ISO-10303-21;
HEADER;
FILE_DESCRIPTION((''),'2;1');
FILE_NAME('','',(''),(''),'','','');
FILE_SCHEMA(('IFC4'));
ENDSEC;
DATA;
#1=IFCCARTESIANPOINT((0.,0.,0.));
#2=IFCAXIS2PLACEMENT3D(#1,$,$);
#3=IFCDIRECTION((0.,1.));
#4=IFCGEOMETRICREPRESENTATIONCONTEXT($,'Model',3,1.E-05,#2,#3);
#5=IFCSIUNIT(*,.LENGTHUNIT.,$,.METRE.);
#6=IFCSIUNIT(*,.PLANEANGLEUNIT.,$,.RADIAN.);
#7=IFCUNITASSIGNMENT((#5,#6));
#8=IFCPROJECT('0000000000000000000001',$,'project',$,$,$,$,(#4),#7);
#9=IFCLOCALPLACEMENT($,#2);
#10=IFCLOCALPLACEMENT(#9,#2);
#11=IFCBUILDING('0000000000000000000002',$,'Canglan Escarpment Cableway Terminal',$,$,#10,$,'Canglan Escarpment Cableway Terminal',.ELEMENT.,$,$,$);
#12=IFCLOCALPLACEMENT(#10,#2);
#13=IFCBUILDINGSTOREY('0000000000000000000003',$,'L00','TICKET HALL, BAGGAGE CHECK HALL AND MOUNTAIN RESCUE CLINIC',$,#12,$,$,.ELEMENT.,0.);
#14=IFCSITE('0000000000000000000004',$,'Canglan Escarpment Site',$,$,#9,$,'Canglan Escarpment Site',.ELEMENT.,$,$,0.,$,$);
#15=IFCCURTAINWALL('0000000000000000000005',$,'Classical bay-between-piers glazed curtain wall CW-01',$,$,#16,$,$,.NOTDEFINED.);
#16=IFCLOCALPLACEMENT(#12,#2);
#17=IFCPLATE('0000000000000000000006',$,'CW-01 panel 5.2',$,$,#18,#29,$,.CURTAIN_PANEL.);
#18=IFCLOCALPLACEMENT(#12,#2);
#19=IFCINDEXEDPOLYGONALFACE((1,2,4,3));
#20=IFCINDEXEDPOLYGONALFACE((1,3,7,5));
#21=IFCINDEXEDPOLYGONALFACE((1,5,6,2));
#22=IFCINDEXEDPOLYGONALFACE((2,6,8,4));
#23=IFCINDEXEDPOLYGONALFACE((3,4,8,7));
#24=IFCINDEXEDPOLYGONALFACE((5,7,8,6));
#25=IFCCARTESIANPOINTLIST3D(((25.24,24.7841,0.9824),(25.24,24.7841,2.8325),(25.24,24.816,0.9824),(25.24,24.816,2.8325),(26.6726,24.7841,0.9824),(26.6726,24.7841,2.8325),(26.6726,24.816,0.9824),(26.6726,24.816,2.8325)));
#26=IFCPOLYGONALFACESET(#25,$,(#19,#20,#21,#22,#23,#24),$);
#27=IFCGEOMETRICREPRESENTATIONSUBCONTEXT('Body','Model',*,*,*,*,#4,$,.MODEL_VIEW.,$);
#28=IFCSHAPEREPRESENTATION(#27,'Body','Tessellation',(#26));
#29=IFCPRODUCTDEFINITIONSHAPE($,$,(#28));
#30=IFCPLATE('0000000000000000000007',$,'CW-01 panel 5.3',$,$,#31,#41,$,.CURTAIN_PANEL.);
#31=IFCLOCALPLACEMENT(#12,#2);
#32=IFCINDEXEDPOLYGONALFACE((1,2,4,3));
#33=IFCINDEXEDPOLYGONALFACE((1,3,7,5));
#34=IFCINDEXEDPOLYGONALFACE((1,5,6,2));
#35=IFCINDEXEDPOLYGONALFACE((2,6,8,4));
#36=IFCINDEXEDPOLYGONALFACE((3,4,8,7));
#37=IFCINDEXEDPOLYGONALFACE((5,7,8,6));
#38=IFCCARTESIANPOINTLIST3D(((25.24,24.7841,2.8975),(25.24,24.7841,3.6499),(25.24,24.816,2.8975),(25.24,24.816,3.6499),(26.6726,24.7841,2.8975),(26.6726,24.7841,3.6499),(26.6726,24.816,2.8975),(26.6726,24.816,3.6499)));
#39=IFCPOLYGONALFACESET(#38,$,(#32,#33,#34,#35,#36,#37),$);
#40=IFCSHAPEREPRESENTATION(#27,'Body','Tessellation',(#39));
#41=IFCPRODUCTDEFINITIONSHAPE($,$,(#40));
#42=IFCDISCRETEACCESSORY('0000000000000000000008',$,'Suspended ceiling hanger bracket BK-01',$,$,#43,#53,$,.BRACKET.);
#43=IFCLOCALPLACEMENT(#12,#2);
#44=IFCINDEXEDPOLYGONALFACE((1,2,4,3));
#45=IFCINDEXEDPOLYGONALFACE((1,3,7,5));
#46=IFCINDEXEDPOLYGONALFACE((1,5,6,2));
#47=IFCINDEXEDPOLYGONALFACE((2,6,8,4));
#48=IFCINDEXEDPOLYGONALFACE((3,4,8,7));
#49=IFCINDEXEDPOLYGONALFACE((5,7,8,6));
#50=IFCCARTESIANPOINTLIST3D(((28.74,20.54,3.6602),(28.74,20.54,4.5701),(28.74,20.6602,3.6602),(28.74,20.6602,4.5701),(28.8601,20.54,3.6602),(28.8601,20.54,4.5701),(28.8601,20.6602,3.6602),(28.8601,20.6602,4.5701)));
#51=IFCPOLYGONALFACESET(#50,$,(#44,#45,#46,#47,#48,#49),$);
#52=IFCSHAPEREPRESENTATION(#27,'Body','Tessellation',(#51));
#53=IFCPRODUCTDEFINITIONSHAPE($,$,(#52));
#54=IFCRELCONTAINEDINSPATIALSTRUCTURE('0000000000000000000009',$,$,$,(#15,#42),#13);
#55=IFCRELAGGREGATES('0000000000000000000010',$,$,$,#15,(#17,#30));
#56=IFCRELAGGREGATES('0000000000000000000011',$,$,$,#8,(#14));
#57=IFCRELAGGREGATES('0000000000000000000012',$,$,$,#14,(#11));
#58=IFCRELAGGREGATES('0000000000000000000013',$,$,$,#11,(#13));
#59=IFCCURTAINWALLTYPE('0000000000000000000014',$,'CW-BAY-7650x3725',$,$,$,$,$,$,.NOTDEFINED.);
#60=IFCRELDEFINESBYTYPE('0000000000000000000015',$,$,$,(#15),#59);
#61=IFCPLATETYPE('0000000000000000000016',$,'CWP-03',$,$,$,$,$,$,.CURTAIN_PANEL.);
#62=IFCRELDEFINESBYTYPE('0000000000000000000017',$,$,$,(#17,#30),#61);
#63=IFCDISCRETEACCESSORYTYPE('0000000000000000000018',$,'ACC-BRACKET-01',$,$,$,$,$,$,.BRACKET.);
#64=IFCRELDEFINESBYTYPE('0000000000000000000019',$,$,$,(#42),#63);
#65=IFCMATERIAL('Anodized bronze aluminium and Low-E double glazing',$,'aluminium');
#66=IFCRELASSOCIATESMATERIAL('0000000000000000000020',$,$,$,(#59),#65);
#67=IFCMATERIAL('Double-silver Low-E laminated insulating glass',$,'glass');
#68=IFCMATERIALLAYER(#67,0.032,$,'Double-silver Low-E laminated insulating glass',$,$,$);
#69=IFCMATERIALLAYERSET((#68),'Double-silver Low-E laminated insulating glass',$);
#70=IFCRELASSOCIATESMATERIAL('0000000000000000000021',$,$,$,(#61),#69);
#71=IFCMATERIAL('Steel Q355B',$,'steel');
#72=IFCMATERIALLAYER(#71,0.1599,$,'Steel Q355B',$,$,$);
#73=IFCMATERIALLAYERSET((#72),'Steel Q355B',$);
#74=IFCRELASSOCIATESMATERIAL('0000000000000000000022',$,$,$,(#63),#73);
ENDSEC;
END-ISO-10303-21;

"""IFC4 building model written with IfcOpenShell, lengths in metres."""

from ifc_helpers import new_model, si_unit, direction, frame, origin, origin_2d, place, context, subcontext, project, spatial, rectangle, extrude, material, layer, layer_set, type_object, element, aggregate, save


model = new_model("IFC4")

# Units and contexts
model_context = context("Model", 3, precision=1e-05, world=origin(), true_north=direction((0.0, 1.0)))
body_context = subcontext(model_context, "Body", "Model", "MODEL_VIEW")
ifc_project = project(units=[si_unit("LENGTHUNIT", "METRE"), si_unit("PLANEANGLEUNIT", "RADIAN")], contexts=[model_context])

# Site, building, storey
site_placement = place(None, origin())
site = spatial("IfcSite", under=ifc_project, at=site_placement, Name="Canglan Escarpment Site", LongName="Canglan Escarpment Site", CompositionType="ELEMENT", RefElevation=0.0)
building_placement = place(site_placement, origin())
building = spatial("IfcBuilding", under=site, at=building_placement, Name="Canglan Escarpment Cableway Terminal", LongName="Canglan Escarpment Cableway Terminal", CompositionType="ELEMENT")
storey_placement = place(building_placement, origin())
storey = spatial("IfcBuildingStorey", under=building, at=storey_placement, Name="L00", Description="TICKET HALL, BAGGAGE CHECK HALL AND MOUNTAIN RESCUE CLINIC", CompositionType="ELEMENT", Elevation=0.0)

# Curtain wall
ifc_material_1 = material(Name="Anodized bronze aluminium and Low-E double glazing", Category="aluminium")
curtain_wall_type = type_object("IfcCurtainWallType", Name="CW-BAY-7650x3725", PredefinedType="NOTDEFINED", material=ifc_material_1)
curtain_wall_placement = place(storey_placement, origin())
curtain_wall = element("IfcCurtainWall", 1, at=curtain_wall_placement, inside=storey, type_object=curtain_wall_type, Name="Classical bay-between-piers glazed curtain wall CW-01", PredefinedType="NOTDEFINED")

# Shared definitions
ifc_material_2 = material(Name="Steel Q355B", Category="steel")

# Plates
ifc_material_3 = material(Name="Double-silver Low-E laminated insulating glass", Category="glass")
ifc_layer_1 = layer(ifc_material_3, 0.032, Name="Double-silver Low-E laminated insulating glass")
ifc_layer_set_1 = layer_set([ifc_layer_1], Name="Double-silver Low-E laminated insulating glass")
plate_type = type_object("IfcPlateType", Name="CWP-03", PredefinedType="CURTAIN_PANEL", material=ifc_layer_set_1)
plate_1_placement = place(storey_placement, frame((25.9563, 24.8, 0.9824), z_axis=(0.0, 0.0, 1.0), x_axis=(-1.0, 0.0, 0.0)))
plate_1 = element("IfcPlate", 2, at=plate_1_placement, type_object=plate_type, Name="CW-01 panel 5.2", PredefinedType="CURTAIN_PANEL", context=body_context, shape_type="SweptSolid", body=[
    extrude(rectangle(XDim=1.4326, YDim=0.032, at=origin_2d()), origin(), (0.0, 0.0, 1.0), 1.8501),
])
plate_2_placement = place(storey_placement, frame((25.9563, 24.8, 2.8975), z_axis=(0.0, 0.0, 1.0), x_axis=(-1.0, 0.0, 0.0)))
plate_2 = element("IfcPlate", 3, at=plate_2_placement, type_object=plate_type, Name="CW-01 panel 5.3", PredefinedType="CURTAIN_PANEL", context=body_context, shape_type="SweptSolid", body=[
    extrude(rectangle(XDim=1.4326, YDim=0.032, at=origin_2d()), origin(), (0.0, 0.0, 1.0), 0.7524),
])
aggregate(curtain_wall, [plate_1, plate_2])

# Discrete accessory
ifc_layer_2 = layer(ifc_material_2, 0.1599, Name="Steel Q355B")
ifc_layer_set_2 = layer_set([ifc_layer_2], Name="Steel Q355B")
discrete_accessory_type = type_object("IfcDiscreteAccessoryType", Name="ACC-BRACKET-01", PredefinedType="BRACKET", material=ifc_layer_set_2)
discrete_accessory_placement = place(storey_placement, frame((28.8, 20.6001, 3.6602), z_axis=(0.0, 0.0, 1.0), x_axis=(1.0, 0.0, 0.0)))
element("IfcDiscreteAccessory", 4, at=discrete_accessory_placement, inside=storey, type_object=discrete_accessory_type, Name="Suspended ceiling hanger bracket BK-01", PredefinedType="BRACKET", context=body_context, shape_type="SweptSolid", body=[
    extrude(rectangle(XDim=0.1201, YDim=0.1201, at=origin_2d()), origin(), (0.0, 0.0, 1.0), 0.9099),
])

save(model, "model.ifc")
